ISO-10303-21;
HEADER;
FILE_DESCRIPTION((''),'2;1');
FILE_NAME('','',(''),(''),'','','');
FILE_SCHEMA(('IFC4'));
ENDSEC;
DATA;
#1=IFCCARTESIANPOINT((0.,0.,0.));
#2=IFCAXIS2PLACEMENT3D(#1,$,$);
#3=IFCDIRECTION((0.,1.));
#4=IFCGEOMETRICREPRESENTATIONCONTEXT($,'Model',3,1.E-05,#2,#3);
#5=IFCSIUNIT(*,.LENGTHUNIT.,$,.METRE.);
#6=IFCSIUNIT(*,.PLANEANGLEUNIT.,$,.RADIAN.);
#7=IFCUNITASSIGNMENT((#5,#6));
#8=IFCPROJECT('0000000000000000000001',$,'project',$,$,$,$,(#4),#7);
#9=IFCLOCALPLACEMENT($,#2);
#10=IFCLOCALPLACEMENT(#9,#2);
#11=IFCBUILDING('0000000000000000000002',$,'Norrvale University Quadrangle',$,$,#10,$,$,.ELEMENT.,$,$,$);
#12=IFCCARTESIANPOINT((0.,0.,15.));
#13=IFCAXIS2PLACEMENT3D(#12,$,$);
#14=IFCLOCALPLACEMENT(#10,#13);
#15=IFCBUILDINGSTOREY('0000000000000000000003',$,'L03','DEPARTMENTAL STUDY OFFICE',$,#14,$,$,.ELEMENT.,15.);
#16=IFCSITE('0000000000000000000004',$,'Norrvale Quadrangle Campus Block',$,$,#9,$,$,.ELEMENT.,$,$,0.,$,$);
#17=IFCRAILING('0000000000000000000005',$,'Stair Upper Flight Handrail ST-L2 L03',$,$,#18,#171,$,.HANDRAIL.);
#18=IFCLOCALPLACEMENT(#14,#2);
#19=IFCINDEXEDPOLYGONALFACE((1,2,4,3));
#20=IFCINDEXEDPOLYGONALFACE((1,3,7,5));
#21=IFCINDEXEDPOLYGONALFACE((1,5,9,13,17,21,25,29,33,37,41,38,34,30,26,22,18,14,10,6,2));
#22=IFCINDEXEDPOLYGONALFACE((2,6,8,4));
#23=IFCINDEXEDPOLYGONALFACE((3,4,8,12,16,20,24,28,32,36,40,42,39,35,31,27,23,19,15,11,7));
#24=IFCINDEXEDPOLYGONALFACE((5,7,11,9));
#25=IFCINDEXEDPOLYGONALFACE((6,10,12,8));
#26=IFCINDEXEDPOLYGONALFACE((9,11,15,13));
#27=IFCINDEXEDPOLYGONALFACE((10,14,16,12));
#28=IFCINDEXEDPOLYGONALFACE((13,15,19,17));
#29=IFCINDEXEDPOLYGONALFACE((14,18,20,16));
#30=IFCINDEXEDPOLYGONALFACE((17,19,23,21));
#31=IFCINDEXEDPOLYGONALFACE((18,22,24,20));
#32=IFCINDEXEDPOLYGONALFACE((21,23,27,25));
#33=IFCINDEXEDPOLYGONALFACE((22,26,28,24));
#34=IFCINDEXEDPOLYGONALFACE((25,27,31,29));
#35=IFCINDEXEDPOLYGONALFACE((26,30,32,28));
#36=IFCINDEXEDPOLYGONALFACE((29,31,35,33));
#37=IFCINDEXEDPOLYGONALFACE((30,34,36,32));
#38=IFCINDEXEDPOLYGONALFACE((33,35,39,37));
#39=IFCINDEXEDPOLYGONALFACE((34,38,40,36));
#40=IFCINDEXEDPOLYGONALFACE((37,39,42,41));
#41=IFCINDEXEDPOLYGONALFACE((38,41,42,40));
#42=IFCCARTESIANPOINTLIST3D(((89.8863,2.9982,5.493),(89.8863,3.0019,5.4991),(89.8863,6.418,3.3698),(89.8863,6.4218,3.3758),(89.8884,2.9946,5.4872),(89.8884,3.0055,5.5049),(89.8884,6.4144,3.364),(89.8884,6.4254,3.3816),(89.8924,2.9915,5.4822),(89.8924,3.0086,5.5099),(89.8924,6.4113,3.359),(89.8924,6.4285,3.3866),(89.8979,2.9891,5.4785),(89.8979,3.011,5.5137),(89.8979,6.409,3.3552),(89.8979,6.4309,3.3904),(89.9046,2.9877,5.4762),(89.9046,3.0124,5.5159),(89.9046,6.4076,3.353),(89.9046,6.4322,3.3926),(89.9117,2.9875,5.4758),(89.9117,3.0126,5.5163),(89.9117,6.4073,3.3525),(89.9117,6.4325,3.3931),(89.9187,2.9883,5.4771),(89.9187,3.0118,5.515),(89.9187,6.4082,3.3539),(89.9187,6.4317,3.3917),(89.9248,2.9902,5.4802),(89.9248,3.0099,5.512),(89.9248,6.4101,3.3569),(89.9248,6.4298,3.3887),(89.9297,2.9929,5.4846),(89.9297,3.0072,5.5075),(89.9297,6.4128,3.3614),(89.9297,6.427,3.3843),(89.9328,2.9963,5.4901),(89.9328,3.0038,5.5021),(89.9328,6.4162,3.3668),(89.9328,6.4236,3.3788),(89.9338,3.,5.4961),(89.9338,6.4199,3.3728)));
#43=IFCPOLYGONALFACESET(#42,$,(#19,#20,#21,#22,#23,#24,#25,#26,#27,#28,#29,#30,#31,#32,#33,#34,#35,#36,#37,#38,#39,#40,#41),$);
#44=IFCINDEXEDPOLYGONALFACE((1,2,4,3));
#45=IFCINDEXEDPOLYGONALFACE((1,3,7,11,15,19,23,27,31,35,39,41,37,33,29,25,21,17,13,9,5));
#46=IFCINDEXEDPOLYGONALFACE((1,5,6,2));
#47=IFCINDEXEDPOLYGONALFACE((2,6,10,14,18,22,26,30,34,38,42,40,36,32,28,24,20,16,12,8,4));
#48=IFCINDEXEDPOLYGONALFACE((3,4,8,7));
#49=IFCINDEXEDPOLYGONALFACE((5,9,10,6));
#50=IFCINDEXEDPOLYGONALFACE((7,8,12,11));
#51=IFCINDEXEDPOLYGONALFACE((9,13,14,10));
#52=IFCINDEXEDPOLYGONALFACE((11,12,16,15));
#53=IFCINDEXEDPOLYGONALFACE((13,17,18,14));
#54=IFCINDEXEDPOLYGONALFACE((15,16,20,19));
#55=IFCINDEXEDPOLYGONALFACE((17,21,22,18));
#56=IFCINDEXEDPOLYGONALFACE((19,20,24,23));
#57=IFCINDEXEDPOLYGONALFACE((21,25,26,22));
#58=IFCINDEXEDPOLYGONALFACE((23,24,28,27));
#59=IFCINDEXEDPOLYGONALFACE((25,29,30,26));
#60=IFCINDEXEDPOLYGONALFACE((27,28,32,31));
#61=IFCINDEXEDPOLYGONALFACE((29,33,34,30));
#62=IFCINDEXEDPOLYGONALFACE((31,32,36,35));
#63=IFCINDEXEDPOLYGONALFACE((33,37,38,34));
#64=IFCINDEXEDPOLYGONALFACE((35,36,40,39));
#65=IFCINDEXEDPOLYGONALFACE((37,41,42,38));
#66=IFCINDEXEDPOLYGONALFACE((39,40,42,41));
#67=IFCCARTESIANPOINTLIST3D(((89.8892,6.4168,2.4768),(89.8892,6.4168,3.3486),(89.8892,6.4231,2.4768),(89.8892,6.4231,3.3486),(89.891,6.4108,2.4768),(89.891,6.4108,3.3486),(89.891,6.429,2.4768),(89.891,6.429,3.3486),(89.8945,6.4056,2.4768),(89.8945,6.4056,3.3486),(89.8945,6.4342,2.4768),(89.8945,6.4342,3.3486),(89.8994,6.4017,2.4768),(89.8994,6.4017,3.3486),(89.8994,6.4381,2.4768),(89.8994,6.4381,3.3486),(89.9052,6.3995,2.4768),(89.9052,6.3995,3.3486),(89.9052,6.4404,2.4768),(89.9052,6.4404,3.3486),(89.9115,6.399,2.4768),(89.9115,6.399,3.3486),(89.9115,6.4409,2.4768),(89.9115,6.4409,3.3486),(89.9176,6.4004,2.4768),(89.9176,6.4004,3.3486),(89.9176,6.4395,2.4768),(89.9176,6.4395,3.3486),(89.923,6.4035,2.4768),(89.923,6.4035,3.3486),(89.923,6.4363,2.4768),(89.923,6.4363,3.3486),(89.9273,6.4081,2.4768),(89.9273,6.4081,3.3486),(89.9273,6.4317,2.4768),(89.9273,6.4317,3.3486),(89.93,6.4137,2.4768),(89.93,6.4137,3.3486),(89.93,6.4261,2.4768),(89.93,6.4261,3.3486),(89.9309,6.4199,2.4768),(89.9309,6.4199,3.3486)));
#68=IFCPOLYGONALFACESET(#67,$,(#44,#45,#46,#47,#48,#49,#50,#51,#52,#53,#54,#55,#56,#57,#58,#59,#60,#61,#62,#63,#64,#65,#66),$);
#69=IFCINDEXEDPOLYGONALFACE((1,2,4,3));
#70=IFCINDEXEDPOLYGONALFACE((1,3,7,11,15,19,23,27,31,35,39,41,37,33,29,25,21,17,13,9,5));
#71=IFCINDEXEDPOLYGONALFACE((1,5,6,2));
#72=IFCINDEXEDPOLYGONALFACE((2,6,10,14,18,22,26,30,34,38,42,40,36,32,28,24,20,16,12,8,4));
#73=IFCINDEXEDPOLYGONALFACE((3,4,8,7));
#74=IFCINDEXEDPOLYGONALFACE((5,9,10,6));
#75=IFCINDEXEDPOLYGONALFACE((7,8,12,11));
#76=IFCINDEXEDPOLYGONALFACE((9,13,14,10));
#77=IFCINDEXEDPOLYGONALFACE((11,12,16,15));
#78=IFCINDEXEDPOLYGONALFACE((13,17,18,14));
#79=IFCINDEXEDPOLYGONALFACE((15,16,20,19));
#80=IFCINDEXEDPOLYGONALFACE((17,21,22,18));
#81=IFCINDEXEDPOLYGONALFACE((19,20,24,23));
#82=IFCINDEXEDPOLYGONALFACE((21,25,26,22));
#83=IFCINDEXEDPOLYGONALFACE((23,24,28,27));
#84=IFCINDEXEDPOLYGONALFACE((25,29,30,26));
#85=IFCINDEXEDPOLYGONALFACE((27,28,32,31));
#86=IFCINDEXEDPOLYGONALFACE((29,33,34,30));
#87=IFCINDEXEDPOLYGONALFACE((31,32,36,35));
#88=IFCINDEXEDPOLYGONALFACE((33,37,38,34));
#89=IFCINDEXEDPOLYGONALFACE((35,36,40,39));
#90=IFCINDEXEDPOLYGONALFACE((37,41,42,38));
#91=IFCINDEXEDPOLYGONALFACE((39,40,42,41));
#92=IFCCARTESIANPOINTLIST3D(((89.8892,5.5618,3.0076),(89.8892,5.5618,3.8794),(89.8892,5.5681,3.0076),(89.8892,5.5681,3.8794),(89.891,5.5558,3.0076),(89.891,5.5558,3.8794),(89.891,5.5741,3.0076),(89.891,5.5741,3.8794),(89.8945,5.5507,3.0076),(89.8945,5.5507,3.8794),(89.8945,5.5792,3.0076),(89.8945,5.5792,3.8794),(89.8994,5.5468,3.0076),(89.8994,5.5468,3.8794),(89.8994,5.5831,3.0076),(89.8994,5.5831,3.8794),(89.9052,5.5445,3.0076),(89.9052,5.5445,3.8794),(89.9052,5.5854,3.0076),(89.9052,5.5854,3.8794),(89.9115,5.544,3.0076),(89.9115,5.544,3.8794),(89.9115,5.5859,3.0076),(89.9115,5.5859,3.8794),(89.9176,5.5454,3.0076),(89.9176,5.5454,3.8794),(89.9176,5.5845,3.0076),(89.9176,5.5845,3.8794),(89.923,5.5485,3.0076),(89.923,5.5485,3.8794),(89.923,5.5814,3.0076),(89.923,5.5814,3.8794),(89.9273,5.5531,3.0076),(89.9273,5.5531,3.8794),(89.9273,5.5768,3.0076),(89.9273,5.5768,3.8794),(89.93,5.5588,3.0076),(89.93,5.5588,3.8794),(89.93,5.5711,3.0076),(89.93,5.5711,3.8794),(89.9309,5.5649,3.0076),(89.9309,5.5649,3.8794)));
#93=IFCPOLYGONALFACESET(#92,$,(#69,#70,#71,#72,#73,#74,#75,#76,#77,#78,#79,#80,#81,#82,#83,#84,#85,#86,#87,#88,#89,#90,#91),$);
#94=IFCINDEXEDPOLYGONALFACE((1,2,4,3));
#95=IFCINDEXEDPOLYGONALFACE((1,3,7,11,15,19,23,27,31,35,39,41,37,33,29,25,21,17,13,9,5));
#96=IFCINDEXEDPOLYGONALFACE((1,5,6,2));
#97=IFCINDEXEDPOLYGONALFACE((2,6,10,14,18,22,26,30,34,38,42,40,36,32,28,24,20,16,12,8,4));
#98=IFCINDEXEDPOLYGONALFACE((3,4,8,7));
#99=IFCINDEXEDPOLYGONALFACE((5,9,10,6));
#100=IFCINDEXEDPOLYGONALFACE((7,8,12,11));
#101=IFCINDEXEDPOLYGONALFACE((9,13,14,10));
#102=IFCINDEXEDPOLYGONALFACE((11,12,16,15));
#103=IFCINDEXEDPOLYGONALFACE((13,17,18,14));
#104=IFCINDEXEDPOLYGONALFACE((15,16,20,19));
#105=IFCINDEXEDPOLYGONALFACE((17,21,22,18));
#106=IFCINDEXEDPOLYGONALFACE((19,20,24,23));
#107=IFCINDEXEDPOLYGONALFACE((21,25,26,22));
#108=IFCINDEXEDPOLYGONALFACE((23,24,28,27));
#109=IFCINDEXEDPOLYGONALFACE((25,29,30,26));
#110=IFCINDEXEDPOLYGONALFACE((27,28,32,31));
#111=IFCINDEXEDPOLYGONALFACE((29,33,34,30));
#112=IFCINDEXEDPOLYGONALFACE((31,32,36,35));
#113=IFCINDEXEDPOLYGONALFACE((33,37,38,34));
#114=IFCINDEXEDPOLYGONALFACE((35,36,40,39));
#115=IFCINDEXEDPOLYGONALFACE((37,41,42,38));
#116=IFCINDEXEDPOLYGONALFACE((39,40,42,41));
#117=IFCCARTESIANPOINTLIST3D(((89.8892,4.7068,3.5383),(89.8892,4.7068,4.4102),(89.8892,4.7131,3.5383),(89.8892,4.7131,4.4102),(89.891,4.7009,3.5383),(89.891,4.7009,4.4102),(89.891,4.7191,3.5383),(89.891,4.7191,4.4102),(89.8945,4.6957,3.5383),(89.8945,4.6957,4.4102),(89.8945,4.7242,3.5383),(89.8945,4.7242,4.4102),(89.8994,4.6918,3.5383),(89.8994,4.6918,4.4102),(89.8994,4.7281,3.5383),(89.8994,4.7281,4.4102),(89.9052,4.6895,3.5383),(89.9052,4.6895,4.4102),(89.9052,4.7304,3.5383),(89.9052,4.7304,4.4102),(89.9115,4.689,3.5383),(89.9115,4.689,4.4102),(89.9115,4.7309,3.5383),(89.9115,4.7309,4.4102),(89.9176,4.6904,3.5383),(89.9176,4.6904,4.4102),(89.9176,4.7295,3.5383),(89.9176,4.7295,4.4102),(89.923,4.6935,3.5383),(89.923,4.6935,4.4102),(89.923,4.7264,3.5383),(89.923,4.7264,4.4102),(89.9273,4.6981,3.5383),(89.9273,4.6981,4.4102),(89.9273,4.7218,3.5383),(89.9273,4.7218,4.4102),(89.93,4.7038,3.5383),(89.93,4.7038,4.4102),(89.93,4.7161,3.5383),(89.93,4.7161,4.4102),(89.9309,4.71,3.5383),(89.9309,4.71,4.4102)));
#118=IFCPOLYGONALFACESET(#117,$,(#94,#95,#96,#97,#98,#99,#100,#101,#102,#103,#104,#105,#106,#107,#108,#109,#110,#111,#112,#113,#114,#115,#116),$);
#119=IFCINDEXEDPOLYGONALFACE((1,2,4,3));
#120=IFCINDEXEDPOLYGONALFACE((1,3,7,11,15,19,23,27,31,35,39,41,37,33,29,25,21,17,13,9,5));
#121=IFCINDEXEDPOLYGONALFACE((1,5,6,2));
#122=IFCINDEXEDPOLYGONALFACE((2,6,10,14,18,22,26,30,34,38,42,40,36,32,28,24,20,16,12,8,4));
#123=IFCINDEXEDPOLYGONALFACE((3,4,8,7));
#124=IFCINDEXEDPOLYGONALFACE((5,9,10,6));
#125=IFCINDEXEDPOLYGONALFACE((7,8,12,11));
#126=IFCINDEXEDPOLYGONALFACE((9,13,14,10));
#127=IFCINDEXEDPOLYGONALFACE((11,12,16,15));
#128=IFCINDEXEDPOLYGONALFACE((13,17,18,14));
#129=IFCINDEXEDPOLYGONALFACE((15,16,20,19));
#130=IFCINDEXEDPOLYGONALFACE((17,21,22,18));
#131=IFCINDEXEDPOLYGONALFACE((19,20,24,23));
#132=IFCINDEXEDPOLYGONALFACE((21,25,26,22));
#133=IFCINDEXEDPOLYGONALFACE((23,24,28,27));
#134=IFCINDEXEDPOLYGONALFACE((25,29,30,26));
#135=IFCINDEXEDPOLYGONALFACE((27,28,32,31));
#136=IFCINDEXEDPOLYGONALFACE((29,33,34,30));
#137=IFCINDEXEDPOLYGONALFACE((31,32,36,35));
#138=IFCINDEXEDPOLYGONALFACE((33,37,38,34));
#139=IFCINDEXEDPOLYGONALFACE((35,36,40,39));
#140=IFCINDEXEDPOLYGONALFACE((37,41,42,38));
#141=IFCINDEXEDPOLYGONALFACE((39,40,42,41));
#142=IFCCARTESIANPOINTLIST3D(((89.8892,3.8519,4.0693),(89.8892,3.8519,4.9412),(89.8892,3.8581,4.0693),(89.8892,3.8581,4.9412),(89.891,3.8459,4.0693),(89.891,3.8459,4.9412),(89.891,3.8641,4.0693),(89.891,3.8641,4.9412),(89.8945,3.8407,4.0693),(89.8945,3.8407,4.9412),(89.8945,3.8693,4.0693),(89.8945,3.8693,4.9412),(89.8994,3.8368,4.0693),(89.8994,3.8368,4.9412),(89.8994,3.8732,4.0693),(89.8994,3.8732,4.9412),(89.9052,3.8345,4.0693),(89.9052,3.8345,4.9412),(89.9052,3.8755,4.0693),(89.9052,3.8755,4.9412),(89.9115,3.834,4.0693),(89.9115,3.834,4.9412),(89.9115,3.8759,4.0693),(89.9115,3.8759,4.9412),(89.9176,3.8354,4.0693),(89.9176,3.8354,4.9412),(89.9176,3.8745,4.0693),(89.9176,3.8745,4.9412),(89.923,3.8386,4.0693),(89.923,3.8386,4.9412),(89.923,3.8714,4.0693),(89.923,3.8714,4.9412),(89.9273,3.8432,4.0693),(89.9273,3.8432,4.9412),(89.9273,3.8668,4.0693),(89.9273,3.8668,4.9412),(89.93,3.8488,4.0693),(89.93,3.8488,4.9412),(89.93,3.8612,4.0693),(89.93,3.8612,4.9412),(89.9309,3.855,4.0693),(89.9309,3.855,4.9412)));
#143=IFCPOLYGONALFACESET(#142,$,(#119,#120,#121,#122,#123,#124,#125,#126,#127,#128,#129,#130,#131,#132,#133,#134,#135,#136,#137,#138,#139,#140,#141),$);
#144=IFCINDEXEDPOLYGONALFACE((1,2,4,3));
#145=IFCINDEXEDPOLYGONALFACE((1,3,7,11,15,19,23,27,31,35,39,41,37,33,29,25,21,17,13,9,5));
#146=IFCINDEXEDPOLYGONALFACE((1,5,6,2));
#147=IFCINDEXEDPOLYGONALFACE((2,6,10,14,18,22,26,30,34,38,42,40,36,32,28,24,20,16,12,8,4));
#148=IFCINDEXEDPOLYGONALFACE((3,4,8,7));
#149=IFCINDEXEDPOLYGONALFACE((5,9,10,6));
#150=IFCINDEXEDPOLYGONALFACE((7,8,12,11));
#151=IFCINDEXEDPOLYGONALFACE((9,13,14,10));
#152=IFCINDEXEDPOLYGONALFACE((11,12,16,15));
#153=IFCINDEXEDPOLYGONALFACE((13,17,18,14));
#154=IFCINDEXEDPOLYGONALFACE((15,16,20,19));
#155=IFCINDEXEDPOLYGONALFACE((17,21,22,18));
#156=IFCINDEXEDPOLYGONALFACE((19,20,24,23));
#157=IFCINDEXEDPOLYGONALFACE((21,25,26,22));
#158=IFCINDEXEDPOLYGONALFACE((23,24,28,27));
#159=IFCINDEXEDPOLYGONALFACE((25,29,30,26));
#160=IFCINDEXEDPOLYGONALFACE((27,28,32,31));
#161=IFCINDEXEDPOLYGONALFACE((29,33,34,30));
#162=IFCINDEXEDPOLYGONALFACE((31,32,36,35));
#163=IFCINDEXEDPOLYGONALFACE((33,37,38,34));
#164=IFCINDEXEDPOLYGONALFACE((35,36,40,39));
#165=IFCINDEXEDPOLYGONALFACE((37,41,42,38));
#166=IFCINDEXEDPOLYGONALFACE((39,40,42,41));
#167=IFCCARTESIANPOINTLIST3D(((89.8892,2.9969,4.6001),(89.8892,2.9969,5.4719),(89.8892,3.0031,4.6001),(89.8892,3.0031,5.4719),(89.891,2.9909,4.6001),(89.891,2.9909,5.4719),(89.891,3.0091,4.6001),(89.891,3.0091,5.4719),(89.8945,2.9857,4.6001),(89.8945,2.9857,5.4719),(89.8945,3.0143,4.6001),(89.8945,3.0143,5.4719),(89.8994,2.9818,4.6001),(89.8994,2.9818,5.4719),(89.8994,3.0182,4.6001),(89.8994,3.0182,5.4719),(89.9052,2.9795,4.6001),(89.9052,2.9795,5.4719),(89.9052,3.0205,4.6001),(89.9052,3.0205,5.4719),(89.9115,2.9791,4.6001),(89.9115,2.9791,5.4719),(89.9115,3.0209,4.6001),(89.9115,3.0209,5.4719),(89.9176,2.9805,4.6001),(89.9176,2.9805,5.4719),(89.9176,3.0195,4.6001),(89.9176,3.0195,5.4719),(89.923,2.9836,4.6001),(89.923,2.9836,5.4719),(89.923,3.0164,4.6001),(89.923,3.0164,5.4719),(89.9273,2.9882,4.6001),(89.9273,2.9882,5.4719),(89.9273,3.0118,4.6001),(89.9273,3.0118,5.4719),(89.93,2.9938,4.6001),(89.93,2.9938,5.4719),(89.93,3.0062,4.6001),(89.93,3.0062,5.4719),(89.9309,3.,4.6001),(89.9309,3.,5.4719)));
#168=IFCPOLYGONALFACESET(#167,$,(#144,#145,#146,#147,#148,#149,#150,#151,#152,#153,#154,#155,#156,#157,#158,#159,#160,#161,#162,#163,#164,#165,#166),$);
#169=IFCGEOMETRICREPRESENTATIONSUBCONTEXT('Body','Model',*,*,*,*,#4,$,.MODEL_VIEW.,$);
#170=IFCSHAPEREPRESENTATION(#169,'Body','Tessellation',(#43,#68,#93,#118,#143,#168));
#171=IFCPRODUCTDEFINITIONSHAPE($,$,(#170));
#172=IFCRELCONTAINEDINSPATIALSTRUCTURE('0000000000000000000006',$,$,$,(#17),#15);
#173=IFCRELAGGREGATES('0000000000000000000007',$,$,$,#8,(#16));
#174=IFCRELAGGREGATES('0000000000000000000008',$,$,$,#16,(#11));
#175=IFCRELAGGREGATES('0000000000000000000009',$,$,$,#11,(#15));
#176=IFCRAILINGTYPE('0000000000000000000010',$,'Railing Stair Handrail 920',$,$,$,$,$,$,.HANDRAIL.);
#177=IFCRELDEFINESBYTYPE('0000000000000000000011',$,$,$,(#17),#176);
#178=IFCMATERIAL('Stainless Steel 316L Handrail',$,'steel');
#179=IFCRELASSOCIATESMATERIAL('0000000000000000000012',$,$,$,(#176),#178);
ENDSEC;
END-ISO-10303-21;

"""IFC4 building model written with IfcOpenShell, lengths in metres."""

from ifc_helpers import new_model, si_unit, direction, frame, origin, origin_2d, place, context, subcontext, project, spatial, circle, extrude, material, type_object, element, save


model = new_model("IFC4")

# Units and contexts
model_context = context("Model", 3, precision=1e-05, world=origin(), true_north=direction((0.0, 1.0)))
body_context = subcontext(model_context, "Body", "Model", "MODEL_VIEW")
ifc_project = project(units=[si_unit("LENGTHUNIT", "METRE"), si_unit("PLANEANGLEUNIT", "RADIAN")], contexts=[model_context])

# Site, building, storey
site_placement = place(None, origin())
site = spatial("IfcSite", under=ifc_project, at=site_placement, Name="Norrvale Quadrangle Campus Block", CompositionType="ELEMENT", RefElevation=0.0)
building_placement = place(site_placement, origin())
building = spatial("IfcBuilding", under=site, at=building_placement, Name="Norrvale University Quadrangle", CompositionType="ELEMENT")
storey_placement = place(building_placement, frame((0.0, 0.0, 15.0)))
storey = spatial("IfcBuildingStorey", under=building, at=storey_placement, Name="L03", Description="DEPARTMENTAL STUDY OFFICE", CompositionType="ELEMENT", Elevation=15.0)

# Railing
ifc_material_1 = material(Name="Stainless Steel 316L Handrail", Category="steel")
railing_type_1 = type_object("IfcRailingType", Name="Railing Stair Handrail 920", PredefinedType="HANDRAIL", material=ifc_material_1)
railing_1_placement = place(storey_placement, frame((89.9099, 6.4199, 2.4768)))
element("IfcRailing", 1, at=railing_1_placement, inside=storey, type_object=railing_type_1, Name="Stair Upper Flight Handrail ST-L2 L03", PredefinedType="HANDRAIL", context=body_context, shape_type="SweptSolid", body=[
    extrude(circle(Radius=0.0239, at=origin_2d()), frame((0.0, 0.0, 0.896), z_axis=(0.0, -0.849576, 0.527467), x_axis=(1.0, 0.0, 0.0)), (0.0, 0.0, 1.0), 4.0254),
    extrude(circle(Radius=0.021, at=origin_2d()), origin(), (0.0, 0.0, 1.0), 0.8718),
    extrude(circle(Radius=0.021, at=origin_2d()), frame((0.0, -0.855, 0.5308)), (0.0, 0.0, 1.0), 0.8718),
    extrude(circle(Radius=0.021, at=origin_2d()), frame((0.0, -1.71, 1.0615)), (0.0, 0.0, 1.0), 0.8718),
    extrude(circle(Radius=0.021, at=origin_2d()), frame((0.0, -2.5649, 1.5925)), (0.0, 0.0, 1.0), 0.8718),
    extrude(circle(Radius=0.021, at=origin_2d()), frame((0.0, -3.4199, 2.1233)), (0.0, 0.0, 1.0), 0.8718),
])

save(model, "model.ifc")
